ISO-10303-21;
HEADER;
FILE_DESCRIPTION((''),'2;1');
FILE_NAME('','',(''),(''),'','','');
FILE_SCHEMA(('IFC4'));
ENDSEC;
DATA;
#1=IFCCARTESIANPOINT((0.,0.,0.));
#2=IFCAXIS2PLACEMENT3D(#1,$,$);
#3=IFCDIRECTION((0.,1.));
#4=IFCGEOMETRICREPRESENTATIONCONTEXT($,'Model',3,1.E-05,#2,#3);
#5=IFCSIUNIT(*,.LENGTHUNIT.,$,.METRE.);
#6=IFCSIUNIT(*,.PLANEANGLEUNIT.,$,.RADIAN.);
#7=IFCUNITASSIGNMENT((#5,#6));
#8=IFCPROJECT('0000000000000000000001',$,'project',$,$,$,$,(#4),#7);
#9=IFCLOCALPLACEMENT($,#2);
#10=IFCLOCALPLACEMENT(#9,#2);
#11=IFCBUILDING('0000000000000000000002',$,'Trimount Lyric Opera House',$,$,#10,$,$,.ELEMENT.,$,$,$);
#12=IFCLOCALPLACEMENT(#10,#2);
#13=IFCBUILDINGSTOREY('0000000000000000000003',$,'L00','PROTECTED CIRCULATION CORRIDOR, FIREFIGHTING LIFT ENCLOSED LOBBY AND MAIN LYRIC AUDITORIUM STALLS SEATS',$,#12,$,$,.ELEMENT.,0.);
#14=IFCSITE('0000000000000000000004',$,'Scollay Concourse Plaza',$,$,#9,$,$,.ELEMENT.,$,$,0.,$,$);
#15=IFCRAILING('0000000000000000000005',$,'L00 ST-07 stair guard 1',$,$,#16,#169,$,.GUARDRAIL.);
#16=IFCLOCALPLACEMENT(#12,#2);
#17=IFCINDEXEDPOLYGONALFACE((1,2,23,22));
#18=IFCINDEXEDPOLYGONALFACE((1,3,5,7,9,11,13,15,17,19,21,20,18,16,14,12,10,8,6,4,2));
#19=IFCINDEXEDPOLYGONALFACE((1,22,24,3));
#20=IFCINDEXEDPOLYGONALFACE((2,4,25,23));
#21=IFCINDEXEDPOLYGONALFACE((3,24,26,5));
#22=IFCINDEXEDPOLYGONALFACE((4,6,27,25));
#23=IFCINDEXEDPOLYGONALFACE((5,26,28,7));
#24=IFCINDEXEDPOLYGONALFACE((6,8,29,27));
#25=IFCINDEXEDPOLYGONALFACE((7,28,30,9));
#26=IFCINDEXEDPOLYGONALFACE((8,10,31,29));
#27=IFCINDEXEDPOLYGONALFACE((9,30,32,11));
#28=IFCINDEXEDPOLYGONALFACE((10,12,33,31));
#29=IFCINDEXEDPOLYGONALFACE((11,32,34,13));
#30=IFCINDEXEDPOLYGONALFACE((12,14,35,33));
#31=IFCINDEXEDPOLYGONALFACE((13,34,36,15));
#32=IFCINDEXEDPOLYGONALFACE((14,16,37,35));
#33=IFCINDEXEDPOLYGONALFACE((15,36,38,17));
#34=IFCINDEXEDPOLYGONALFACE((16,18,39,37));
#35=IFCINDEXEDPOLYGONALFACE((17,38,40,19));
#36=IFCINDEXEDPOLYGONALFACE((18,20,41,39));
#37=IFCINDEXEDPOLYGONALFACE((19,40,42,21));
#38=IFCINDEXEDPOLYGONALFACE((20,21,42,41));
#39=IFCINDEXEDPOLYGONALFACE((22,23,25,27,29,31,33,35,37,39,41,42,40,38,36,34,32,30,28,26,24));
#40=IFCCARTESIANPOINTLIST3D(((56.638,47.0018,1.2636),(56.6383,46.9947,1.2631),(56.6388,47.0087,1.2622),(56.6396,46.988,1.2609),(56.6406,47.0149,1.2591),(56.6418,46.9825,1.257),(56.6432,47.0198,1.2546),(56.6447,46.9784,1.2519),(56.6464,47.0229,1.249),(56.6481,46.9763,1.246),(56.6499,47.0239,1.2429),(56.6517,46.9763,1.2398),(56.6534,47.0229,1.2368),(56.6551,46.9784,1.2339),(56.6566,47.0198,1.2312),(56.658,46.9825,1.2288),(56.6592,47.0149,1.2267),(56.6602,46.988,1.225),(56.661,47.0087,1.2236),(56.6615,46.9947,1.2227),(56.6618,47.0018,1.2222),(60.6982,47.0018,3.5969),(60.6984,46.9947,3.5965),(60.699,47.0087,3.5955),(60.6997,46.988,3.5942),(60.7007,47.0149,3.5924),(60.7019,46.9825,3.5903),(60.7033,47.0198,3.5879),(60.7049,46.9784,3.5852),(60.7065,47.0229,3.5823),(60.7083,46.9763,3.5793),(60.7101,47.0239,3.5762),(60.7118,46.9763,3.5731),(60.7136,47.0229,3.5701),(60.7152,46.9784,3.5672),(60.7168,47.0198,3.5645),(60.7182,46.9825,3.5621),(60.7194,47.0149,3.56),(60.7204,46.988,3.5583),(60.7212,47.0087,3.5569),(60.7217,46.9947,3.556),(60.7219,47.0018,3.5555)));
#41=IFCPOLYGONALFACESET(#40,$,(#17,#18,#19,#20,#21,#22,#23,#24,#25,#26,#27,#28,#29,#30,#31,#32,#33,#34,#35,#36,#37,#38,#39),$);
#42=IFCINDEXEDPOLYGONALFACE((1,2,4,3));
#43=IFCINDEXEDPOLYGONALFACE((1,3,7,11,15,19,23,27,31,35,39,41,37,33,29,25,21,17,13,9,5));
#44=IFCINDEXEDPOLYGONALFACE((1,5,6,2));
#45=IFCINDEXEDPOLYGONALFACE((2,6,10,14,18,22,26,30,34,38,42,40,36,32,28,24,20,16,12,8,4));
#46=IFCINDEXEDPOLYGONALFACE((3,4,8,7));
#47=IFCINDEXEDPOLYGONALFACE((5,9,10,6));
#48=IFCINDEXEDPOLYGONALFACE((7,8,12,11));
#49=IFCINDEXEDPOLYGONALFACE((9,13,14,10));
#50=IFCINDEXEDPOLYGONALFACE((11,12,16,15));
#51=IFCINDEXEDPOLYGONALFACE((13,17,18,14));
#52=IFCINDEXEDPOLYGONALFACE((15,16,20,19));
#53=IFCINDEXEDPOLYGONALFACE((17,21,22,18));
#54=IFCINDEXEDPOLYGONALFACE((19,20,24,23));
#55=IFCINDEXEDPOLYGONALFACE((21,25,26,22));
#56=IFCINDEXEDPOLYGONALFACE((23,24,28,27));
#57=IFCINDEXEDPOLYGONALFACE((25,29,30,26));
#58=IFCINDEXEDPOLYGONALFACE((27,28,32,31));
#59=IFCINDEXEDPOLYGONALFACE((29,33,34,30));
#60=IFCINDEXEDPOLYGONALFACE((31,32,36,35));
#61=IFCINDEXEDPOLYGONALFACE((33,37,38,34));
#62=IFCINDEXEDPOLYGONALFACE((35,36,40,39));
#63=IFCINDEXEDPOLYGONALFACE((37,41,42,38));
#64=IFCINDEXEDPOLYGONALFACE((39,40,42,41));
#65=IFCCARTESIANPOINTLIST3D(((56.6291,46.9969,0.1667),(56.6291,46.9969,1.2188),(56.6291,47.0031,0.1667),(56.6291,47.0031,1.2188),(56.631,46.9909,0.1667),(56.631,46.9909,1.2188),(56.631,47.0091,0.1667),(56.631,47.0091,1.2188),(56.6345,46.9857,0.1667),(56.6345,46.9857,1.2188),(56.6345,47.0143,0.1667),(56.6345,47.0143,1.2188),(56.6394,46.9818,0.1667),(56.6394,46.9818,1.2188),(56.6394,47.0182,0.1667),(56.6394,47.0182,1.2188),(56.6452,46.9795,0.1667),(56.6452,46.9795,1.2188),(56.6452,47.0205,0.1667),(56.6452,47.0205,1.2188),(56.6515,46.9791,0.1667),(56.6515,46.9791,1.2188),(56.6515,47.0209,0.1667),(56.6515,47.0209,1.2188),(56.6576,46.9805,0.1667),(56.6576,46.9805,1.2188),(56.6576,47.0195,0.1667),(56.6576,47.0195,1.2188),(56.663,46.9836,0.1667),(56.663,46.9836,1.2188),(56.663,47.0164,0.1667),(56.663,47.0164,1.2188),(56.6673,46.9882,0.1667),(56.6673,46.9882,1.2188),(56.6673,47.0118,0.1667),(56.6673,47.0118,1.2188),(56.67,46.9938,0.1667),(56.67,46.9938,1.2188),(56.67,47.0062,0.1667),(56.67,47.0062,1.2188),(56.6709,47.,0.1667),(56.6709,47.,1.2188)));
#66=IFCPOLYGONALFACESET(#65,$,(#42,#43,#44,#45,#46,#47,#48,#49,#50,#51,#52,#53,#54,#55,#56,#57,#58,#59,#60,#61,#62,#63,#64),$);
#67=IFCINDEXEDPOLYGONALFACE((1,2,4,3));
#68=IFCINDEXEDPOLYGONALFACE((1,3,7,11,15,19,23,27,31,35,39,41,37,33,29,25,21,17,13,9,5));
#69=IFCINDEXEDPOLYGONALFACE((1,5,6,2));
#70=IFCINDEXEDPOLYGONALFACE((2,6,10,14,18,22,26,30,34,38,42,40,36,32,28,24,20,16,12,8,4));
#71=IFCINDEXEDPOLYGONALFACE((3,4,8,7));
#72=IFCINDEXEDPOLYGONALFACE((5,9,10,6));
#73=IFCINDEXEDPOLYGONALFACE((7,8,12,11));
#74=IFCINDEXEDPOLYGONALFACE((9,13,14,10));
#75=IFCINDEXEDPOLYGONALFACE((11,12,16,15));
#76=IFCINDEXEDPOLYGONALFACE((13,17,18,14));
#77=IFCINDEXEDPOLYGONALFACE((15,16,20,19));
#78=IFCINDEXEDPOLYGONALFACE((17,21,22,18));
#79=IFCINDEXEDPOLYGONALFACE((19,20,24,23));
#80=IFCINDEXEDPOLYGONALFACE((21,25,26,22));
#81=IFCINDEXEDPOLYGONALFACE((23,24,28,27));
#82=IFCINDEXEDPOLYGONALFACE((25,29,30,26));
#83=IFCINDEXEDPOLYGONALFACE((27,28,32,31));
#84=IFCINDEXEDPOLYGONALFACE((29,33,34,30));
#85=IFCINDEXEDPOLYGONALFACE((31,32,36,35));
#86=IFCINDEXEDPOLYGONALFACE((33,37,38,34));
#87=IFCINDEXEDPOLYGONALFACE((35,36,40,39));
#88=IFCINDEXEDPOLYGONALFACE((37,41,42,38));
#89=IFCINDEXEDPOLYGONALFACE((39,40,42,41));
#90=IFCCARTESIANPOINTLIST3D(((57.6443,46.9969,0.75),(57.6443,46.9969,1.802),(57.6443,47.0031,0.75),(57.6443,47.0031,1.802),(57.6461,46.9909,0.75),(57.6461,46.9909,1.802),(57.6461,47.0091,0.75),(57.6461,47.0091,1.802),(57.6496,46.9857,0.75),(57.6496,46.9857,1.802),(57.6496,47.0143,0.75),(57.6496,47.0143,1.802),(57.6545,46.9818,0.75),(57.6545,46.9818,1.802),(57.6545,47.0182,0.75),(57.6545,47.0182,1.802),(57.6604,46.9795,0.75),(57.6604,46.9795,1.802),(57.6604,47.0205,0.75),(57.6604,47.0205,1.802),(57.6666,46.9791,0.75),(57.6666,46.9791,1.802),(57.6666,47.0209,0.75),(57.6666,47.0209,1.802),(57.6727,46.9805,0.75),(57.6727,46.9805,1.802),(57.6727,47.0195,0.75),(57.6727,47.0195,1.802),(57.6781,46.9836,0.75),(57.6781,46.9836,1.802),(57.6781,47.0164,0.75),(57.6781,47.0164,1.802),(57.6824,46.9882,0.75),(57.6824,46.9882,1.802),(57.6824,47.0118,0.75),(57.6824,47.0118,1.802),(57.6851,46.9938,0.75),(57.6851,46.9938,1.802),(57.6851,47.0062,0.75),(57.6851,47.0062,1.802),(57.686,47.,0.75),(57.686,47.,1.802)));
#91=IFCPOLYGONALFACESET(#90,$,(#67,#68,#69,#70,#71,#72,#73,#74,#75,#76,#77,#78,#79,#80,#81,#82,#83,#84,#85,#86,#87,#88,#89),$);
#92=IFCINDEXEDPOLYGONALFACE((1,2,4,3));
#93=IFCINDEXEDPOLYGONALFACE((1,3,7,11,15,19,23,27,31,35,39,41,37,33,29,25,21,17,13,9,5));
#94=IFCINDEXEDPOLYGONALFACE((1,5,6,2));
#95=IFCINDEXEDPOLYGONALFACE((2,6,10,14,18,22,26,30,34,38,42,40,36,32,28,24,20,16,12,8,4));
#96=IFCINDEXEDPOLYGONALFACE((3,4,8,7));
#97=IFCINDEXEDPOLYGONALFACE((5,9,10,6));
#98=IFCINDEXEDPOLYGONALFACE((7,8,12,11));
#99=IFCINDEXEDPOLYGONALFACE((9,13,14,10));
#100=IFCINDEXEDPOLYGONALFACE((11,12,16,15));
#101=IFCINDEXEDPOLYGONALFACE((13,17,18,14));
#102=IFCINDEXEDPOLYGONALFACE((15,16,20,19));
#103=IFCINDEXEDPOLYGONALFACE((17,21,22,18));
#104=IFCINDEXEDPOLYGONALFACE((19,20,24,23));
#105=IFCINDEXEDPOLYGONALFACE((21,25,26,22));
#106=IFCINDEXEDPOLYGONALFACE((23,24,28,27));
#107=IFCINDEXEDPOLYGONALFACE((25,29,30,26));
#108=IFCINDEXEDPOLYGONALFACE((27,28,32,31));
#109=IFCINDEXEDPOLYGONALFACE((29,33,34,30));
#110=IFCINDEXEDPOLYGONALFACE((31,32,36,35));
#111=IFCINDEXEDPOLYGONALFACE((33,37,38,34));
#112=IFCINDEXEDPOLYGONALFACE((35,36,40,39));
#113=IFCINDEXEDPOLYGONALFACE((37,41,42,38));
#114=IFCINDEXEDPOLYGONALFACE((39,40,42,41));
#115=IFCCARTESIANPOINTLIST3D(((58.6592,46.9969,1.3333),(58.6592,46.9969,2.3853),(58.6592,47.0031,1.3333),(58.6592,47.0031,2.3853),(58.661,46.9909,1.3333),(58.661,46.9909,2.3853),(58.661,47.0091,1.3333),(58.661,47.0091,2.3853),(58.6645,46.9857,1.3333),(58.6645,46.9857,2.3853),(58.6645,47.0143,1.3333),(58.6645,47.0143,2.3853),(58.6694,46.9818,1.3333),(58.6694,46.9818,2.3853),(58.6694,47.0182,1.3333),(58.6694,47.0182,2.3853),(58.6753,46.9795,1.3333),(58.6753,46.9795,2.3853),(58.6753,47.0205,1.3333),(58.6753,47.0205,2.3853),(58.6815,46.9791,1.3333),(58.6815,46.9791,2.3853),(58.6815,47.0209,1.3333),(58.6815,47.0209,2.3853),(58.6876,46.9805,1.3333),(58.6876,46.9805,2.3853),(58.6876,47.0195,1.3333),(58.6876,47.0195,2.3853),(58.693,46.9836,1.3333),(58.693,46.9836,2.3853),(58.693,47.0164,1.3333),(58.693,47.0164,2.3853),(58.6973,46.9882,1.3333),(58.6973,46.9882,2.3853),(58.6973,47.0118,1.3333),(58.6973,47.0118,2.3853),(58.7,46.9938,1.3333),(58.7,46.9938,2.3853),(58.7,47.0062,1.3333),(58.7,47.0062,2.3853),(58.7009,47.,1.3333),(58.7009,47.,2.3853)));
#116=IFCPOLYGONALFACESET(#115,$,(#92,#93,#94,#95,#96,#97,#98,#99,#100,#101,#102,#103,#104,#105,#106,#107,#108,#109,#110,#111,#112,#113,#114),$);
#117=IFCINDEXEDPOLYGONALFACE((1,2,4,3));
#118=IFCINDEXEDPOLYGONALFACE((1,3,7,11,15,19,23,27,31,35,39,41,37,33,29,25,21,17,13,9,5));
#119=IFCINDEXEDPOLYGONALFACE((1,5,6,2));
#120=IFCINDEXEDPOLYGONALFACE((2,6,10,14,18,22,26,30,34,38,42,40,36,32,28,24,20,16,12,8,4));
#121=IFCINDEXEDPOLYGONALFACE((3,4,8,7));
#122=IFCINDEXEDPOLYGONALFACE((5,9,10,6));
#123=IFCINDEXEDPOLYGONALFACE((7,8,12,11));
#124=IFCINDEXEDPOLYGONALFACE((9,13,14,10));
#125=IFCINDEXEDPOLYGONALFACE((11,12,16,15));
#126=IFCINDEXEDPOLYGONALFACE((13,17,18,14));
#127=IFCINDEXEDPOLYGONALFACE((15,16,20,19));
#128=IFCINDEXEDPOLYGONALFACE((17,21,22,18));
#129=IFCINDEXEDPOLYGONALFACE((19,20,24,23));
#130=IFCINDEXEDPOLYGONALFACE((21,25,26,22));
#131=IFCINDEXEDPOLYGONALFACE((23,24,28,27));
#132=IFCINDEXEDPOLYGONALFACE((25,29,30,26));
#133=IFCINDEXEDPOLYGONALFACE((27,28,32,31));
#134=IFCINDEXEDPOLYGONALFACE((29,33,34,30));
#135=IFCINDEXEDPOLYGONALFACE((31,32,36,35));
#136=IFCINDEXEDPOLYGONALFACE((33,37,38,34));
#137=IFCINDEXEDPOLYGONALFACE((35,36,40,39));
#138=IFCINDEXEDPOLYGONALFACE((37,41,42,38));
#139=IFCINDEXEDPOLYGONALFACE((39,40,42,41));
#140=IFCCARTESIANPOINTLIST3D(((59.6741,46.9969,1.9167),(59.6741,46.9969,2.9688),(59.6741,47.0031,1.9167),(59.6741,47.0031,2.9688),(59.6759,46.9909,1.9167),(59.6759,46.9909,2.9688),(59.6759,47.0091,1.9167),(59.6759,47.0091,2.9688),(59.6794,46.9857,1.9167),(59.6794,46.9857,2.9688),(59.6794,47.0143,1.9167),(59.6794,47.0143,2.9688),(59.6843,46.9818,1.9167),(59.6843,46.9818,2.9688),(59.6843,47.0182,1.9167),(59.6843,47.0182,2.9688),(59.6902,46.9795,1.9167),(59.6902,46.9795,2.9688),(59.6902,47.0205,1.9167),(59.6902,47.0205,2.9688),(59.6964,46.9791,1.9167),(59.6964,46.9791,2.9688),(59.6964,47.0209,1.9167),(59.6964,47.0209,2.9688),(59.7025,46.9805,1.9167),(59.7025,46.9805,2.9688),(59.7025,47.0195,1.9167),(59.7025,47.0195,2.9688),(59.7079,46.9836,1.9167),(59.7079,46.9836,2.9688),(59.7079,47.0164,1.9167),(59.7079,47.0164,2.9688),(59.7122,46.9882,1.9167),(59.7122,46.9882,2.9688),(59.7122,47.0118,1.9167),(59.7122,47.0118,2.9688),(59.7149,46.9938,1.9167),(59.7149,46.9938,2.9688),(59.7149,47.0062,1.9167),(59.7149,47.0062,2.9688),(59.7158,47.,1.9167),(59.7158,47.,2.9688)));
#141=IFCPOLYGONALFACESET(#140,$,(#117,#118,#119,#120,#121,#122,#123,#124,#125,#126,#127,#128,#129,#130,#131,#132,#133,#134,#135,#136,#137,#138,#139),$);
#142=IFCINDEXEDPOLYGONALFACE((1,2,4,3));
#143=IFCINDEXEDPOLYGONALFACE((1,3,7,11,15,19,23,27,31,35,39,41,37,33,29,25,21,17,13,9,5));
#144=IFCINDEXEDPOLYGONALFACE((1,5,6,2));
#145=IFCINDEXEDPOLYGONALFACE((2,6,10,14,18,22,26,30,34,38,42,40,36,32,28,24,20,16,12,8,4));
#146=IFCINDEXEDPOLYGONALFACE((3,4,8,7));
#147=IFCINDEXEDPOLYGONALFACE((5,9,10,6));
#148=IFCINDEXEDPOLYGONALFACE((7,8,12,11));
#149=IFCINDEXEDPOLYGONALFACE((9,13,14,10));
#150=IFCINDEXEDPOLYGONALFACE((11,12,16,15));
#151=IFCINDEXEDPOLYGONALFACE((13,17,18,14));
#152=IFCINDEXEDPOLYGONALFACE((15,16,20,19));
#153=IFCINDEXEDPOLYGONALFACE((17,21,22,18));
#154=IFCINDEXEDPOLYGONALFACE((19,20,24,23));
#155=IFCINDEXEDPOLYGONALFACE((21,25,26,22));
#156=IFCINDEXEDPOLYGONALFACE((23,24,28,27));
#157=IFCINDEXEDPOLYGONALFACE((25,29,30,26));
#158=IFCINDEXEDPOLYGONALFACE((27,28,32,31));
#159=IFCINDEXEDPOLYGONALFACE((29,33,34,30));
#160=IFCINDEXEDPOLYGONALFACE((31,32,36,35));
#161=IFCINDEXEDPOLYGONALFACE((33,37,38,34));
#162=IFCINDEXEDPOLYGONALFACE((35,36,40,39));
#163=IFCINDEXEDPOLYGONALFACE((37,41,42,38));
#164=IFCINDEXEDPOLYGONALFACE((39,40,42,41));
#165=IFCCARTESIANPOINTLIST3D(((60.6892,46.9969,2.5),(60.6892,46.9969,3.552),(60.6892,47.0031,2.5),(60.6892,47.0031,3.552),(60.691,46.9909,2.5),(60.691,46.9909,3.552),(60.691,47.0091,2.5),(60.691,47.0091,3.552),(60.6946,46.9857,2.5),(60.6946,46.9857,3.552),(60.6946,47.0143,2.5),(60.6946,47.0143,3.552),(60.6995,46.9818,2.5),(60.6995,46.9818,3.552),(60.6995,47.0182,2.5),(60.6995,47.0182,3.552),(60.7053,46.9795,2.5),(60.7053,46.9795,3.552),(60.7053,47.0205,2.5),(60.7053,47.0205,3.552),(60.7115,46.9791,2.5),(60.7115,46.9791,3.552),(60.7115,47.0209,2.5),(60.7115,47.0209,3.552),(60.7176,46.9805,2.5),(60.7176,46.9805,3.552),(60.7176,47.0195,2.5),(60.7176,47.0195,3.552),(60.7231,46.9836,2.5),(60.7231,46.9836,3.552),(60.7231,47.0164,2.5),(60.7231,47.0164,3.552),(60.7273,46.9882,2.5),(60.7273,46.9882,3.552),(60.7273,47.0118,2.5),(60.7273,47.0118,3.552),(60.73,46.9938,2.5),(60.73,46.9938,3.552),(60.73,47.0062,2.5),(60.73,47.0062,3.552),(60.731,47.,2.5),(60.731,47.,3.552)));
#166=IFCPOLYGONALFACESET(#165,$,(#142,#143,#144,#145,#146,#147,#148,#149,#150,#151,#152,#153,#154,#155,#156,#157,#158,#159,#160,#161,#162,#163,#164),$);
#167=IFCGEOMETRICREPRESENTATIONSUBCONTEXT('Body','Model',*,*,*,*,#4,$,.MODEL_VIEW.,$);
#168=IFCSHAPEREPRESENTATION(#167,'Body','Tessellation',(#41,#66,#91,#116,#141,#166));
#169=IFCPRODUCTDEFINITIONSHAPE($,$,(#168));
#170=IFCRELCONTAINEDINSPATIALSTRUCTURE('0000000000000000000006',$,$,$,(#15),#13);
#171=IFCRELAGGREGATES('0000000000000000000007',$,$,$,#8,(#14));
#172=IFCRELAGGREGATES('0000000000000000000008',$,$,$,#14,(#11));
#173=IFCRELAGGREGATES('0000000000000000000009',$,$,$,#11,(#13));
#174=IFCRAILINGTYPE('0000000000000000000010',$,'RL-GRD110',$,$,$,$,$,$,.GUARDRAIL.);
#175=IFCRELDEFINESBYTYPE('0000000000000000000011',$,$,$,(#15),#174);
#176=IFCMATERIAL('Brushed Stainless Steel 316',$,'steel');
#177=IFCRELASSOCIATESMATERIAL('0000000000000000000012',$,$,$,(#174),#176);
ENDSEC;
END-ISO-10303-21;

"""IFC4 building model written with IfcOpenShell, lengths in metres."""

from ifc_helpers import new_model, si_unit, direction, frame, origin, origin_2d, place, context, subcontext, project, spatial, circle, extrude, material, type_object, element, save


model = new_model("IFC4")

# Units and contexts
model_context = context("Model", 3, precision=1e-05, world=origin(), true_north=direction((0.0, 1.0)))
body_context = subcontext(model_context, "Body", "Model", "MODEL_VIEW")
ifc_project = project(units=[si_unit("LENGTHUNIT", "METRE"), si_unit("PLANEANGLEUNIT", "RADIAN")], contexts=[model_context])

# Site, building, storey
site_placement = place(None, origin())
site = spatial("IfcSite", under=ifc_project, at=site_placement, Name="Scollay Concourse Plaza", CompositionType="ELEMENT", RefElevation=0.0)
building_placement = place(site_placement, origin())
building = spatial("IfcBuilding", under=site, at=building_placement, Name="Trimount Lyric Opera House", CompositionType="ELEMENT")
storey_placement = place(building_placement, origin())
storey = spatial("IfcBuildingStorey", under=building, at=storey_placement, Name="L00", Description="PROTECTED CIRCULATION CORRIDOR, FIREFIGHTING LIFT ENCLOSED LOBBY AND MAIN LYRIC AUDITORIUM STALLS SEATS", CompositionType="ELEMENT", Elevation=0.0)

# Railing
ifc_material_1 = material(Name="Brushed Stainless Steel 316", Category="steel")
railing_type_1 = type_object("IfcRailingType", Name="RL-GRD110", PredefinedType="GUARDRAIL", material=ifc_material_1)
railing_1_placement = place(storey_placement, frame((56.6499, 47.0, 0.1667)))
element("IfcRailing", 1, at=railing_1_placement, inside=storey, type_object=railing_type_1, Name="L00 ST-07 stair guard 1", PredefinedType="GUARDRAIL", context=body_context, shape_type="SweptSolid", body=[
    extrude(circle(Radius=0.0239, at=origin_2d()), frame((0.0, 0.0, 1.0762), z_axis=(0.867025, 0.0, 0.498265), x_axis=(0.0, 1.0, 0.0)), (0.0, 0.0, 1.0), 4.6829),
    extrude(circle(Radius=0.021, at=origin_2d()), origin(), (0.0, 0.0, 1.0), 1.052),
    extrude(circle(Radius=0.021, at=origin_2d()), frame((1.0151, 0.0, 0.5833)), (0.0, 0.0, 1.0), 1.052),
    extrude(circle(Radius=0.021, at=origin_2d()), frame((2.03, 0.0, 1.1665)), (0.0, 0.0, 1.0), 1.052),
    extrude(circle(Radius=0.021, at=origin_2d()), frame((3.0449, 0.0, 1.75)), (0.0, 0.0, 1.0), 1.052),
    extrude(circle(Radius=0.021, at=origin_2d()), frame((4.0601, 0.0, 2.3333)), (0.0, 0.0, 1.0), 1.052),
])

save(model, "model.ifc")
